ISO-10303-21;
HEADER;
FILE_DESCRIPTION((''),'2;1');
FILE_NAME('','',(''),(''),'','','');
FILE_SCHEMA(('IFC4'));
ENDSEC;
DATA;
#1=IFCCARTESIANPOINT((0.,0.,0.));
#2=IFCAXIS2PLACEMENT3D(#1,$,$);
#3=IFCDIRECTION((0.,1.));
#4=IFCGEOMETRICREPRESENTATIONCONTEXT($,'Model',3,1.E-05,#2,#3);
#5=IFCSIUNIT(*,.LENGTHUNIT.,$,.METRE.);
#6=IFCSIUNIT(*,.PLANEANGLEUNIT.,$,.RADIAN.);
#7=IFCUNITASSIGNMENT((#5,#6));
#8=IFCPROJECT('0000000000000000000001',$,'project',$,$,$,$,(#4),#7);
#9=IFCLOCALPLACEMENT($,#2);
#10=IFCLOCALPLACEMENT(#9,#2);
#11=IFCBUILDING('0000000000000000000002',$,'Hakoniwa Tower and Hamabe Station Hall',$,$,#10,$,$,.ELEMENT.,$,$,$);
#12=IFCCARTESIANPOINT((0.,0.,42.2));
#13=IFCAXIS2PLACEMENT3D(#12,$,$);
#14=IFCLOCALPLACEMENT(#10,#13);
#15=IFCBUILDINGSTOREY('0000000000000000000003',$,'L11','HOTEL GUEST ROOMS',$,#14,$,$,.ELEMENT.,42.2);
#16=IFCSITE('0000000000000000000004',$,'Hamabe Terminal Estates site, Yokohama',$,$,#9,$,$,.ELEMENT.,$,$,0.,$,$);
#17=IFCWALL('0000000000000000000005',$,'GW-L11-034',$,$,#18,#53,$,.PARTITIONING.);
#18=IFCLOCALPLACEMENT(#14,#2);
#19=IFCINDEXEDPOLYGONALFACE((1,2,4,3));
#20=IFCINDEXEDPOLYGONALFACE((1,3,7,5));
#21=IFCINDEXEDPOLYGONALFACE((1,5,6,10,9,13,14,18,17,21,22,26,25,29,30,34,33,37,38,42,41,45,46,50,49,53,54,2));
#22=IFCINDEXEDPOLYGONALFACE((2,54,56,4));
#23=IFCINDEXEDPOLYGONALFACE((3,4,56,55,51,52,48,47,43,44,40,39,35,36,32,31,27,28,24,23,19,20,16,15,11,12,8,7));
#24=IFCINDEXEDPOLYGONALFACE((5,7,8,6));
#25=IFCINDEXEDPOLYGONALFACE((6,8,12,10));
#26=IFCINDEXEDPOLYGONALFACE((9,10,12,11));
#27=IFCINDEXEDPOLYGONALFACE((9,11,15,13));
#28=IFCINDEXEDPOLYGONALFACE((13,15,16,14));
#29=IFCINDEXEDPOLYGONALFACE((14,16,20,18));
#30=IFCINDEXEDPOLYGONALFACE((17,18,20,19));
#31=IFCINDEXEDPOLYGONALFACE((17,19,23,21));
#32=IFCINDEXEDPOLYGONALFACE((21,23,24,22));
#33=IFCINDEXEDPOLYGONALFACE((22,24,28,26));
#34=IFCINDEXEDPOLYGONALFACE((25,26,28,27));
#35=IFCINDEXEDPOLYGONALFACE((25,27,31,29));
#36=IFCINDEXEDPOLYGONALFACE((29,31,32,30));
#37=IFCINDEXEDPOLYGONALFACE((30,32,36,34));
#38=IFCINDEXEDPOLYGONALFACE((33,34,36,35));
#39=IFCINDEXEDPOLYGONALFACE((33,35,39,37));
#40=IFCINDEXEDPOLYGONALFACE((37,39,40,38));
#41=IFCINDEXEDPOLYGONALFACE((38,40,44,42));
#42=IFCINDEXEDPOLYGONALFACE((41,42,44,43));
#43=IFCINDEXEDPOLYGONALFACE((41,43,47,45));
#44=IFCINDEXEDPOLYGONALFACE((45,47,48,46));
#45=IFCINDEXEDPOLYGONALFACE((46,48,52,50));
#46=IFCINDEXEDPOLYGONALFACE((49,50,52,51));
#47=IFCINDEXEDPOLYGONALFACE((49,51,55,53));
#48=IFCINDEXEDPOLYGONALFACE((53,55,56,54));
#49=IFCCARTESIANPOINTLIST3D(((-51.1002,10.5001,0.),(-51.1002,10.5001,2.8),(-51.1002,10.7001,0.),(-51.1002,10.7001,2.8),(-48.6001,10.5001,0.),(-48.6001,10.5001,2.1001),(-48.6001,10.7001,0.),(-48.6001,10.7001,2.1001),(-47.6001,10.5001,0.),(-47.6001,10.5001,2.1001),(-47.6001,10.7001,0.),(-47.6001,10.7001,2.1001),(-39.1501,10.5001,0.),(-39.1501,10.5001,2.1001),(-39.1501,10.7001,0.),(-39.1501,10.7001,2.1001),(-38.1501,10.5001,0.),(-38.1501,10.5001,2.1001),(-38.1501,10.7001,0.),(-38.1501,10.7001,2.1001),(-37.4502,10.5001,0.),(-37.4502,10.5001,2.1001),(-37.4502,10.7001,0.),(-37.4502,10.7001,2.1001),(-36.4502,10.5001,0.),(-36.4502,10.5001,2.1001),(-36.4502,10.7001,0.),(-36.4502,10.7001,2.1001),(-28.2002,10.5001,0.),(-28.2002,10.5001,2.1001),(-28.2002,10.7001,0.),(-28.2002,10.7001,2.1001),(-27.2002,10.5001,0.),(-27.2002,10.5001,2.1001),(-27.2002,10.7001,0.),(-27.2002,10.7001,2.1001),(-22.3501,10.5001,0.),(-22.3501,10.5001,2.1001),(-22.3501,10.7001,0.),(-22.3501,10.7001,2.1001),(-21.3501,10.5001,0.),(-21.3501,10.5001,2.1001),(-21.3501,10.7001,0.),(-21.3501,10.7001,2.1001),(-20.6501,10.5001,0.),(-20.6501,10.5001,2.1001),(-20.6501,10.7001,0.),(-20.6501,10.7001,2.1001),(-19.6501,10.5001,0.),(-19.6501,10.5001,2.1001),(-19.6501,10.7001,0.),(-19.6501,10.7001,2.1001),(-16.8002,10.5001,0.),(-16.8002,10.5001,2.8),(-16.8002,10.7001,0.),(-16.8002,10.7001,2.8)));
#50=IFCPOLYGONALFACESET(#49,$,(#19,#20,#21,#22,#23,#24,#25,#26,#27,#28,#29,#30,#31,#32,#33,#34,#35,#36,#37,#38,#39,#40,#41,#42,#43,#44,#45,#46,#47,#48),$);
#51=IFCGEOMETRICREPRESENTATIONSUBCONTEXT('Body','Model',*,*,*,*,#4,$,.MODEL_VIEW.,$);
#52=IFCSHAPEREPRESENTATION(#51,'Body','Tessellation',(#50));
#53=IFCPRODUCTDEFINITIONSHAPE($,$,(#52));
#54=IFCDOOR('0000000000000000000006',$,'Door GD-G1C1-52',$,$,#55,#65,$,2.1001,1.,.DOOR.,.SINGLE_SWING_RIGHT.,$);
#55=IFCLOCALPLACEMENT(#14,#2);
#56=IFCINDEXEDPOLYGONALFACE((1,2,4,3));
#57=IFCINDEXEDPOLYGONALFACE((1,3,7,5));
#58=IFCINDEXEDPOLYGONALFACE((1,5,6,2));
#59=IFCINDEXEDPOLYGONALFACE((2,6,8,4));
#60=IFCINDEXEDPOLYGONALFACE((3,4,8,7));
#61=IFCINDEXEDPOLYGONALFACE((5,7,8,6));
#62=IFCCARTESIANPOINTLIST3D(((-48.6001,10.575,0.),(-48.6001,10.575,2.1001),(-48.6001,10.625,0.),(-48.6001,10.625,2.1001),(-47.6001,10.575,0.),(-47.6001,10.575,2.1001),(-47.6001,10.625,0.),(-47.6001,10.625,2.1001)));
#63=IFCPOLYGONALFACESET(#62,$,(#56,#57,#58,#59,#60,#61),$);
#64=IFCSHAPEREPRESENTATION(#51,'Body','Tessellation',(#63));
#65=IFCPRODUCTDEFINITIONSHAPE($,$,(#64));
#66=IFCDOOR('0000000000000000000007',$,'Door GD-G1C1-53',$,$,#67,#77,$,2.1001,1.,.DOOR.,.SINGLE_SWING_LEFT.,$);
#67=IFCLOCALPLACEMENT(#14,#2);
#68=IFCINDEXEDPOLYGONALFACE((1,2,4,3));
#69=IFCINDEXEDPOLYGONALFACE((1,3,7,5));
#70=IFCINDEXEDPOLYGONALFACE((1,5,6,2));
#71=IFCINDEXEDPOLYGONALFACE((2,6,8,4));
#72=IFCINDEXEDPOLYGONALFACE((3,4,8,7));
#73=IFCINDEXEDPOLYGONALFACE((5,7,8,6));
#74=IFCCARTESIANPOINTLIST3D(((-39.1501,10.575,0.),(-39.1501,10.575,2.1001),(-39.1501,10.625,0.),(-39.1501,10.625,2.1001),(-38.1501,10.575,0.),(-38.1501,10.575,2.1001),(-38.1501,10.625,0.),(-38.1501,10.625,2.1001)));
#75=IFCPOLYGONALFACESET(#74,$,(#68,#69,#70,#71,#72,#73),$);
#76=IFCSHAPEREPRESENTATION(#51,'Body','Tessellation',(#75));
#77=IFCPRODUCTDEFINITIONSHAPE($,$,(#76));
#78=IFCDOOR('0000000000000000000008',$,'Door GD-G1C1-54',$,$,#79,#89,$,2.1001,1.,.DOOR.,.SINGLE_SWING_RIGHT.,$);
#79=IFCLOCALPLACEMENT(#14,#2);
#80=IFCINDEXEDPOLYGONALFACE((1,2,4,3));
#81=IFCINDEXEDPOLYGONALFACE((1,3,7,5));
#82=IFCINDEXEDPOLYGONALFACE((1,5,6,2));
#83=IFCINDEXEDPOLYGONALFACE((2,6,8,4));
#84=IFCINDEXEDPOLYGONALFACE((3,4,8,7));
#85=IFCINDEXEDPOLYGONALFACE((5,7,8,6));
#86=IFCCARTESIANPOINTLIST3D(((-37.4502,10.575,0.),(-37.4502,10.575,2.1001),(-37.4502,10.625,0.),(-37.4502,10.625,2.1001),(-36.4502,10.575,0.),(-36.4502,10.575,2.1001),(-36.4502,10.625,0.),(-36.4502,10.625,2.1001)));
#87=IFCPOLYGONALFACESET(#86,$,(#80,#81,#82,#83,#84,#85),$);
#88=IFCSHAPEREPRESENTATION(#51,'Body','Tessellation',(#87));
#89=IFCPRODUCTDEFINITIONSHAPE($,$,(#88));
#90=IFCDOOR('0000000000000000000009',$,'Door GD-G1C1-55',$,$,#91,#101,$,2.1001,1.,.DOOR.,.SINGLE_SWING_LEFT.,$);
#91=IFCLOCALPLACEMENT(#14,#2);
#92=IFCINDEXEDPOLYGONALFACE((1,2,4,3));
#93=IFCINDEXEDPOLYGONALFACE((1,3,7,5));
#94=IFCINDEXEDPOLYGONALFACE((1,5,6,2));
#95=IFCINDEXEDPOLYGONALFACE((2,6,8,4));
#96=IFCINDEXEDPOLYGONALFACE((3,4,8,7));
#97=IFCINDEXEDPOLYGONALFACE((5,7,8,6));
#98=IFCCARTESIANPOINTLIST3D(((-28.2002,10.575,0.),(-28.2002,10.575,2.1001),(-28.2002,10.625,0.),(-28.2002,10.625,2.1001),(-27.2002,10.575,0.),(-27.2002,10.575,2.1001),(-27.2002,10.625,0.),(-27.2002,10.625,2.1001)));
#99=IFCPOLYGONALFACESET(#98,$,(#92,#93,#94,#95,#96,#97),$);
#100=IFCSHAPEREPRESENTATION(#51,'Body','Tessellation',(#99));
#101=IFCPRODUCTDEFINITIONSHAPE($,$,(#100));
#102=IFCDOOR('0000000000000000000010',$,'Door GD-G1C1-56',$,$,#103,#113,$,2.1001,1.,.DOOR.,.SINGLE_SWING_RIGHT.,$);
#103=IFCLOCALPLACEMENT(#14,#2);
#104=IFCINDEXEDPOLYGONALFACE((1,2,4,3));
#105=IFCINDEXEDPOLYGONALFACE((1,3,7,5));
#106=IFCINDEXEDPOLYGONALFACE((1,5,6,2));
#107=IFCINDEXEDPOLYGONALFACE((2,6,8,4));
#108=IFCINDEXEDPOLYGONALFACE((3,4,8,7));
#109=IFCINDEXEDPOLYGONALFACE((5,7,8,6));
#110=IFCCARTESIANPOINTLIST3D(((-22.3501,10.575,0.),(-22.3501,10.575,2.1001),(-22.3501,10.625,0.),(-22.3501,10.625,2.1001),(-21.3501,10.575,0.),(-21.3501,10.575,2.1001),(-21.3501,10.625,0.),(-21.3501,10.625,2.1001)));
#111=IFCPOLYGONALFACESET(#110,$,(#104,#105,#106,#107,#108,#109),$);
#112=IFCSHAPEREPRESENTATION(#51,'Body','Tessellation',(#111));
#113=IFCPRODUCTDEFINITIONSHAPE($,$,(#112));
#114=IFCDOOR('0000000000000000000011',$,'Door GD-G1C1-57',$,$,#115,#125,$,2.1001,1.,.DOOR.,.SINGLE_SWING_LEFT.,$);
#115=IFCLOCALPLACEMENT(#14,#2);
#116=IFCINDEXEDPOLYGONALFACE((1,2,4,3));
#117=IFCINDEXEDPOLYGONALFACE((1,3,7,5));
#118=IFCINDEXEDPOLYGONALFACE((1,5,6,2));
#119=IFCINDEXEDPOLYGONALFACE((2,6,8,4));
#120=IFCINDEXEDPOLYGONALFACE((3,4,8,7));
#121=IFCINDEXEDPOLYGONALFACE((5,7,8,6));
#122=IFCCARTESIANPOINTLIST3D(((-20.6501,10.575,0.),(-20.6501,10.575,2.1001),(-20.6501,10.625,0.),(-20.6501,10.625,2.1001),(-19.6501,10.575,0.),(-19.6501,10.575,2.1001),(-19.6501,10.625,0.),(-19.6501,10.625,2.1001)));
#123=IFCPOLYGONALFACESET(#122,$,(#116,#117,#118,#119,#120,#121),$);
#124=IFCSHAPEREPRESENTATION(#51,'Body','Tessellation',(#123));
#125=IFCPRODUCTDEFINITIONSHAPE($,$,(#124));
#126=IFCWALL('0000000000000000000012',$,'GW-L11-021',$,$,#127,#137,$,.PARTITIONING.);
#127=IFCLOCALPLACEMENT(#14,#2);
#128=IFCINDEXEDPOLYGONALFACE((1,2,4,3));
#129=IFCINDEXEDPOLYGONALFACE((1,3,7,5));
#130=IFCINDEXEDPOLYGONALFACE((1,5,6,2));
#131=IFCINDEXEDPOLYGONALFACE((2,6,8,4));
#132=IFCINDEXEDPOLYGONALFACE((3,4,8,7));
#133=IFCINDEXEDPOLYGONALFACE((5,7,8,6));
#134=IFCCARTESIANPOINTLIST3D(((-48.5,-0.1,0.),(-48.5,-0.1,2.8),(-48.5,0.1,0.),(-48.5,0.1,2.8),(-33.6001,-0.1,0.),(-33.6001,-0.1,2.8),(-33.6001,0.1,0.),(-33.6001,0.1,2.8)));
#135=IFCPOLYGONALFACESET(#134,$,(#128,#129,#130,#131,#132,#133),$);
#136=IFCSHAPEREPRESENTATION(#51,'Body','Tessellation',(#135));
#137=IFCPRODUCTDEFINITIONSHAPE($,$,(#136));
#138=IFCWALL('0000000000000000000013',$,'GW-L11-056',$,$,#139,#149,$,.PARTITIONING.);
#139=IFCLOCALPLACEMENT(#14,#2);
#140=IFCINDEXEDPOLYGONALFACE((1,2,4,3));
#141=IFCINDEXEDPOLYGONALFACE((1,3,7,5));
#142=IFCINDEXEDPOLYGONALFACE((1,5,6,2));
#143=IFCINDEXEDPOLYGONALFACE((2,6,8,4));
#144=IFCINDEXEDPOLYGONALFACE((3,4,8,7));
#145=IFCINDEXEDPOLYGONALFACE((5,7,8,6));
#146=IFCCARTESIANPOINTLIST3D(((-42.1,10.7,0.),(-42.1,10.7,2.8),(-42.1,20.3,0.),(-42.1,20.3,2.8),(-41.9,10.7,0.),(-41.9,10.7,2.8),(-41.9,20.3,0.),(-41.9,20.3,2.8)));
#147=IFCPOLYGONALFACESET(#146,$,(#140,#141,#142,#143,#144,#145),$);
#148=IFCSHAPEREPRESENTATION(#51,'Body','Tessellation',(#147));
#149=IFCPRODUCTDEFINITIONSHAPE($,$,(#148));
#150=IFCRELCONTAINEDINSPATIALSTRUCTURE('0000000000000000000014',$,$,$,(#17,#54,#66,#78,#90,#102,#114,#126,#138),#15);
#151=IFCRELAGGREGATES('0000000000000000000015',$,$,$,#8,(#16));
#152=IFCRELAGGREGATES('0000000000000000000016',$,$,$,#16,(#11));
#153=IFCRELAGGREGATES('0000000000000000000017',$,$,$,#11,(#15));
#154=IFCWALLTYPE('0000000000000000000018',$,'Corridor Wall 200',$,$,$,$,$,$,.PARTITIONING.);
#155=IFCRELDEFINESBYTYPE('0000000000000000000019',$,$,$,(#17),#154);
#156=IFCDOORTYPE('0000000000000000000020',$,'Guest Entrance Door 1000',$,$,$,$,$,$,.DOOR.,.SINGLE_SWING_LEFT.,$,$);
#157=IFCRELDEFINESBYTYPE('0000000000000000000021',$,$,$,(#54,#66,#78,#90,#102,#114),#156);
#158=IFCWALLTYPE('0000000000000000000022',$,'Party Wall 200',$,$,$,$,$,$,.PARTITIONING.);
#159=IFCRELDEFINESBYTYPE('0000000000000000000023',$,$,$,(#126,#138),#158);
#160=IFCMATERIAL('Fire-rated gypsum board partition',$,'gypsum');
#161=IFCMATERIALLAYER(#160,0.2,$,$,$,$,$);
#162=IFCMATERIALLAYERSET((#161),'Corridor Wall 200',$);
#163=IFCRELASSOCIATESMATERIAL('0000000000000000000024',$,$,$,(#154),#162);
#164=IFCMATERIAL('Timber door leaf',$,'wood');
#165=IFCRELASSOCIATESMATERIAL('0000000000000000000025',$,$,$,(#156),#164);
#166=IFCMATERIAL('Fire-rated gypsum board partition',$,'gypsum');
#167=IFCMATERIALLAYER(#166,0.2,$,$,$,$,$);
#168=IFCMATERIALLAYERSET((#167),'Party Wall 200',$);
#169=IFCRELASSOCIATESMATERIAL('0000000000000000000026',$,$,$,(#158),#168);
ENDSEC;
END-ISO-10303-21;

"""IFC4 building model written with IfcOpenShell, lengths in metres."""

from ifc_helpers import new_model, si_unit, direction, frame, frame_2d, origin, place, context, subcontext, project, spatial, rectangle, extrude, material, layer, layer_set, type_object, element, fill, save


model = new_model("IFC4")

# Units and contexts
model_context = context("Model", 3, precision=1e-05, world=origin(), true_north=direction((0.0, 1.0)))
body_context = subcontext(model_context, "Body", "Model", "MODEL_VIEW")
ifc_project = project(units=[si_unit("LENGTHUNIT", "METRE"), si_unit("PLANEANGLEUNIT", "RADIAN")], contexts=[model_context])

# Site, building, storey
site_placement = place(None, origin())
site = spatial("IfcSite", under=ifc_project, at=site_placement, Name="Hamabe Terminal Estates site, Yokohama", CompositionType="ELEMENT", RefElevation=0.0)
building_placement = place(site_placement, origin())
building = spatial("IfcBuilding", under=site, at=building_placement, Name="Hakoniwa Tower and Hamabe Station Hall", CompositionType="ELEMENT")
storey_placement = place(building_placement, frame((0.0, 0.0, 42.2)))
storey = spatial("IfcBuildingStorey", under=building, at=storey_placement, Name="L11", Description="HOTEL GUEST ROOMS", CompositionType="ELEMENT", Elevation=42.2)

# Wall, openings, doors
ifc_material_1 = material(Name="Fire-rated gypsum board partition", Category="gypsum")
ifc_layer_1 = layer(ifc_material_1, 0.2)
ifc_layer_set_1 = layer_set([ifc_layer_1], Name="Corridor Wall 200")
wall_type_1 = type_object("IfcWallType", Name="Corridor Wall 200", PredefinedType="PARTITIONING", material=ifc_layer_set_1)
ifc_material_2 = material(Name="Timber door leaf", Category="wood")
door_type_1 = type_object("IfcDoorType", Name="Guest Entrance Door 1000", OperationType="SINGLE_SWING_LEFT", PredefinedType="DOOR", material=ifc_material_2)
wall_1_placement = place(storey_placement, frame((-51.1001, 10.6001, 0.0), z_axis=(0.0, 0.0, 1.0), x_axis=(1.0, 0.0, 0.0)))
wall_1 = element("IfcWall", 1, at=wall_1_placement, inside=storey, type_object=wall_type_1, Name="GW-L11-034", PredefinedType="PARTITIONING", context=body_context, shape_type="SweptSolid", body=[
    extrude(rectangle(XDim=34.3, YDim=0.2, at=frame_2d((17.1499, 0.0))), origin(), (0.0, 0.0, 1.0), 2.8),
])
opening_1_placement = place(wall_1_placement, frame((2.5, 0.0, 0.0)))
opening_1 = element("IfcOpeningElement", 2, at=opening_1_placement, cuts=wall_1, PredefinedType="OPENING", context=body_context, shape_type="SweptSolid", body=[
    extrude(rectangle(XDim=1.0, YDim=2.1001, at=frame_2d((0.5, 1.05))), frame((0.0, 0.1099, 0.0), z_axis=(0.0, -1.0, 0.0), x_axis=(1.0, 0.0, 0.0)), (0.0, 0.0, 1.0), 0.22),
])
opening_2_placement = place(wall_1_placement, frame((11.95, 0.0, 0.0)))
opening_2 = element("IfcOpeningElement", 3, at=opening_2_placement, cuts=wall_1, PredefinedType="OPENING", context=body_context, shape_type="SweptSolid", body=[
    extrude(rectangle(XDim=1.0, YDim=2.1001, at=frame_2d((0.5, 1.05))), frame((0.0, 0.1099, 0.0), z_axis=(0.0, -1.0, 0.0), x_axis=(1.0, 0.0, 0.0)), (0.0, 0.0, 1.0), 0.22),
])
opening_3_placement = place(wall_1_placement, frame((13.6499, 0.0, 0.0)))
opening_3 = element("IfcOpeningElement", 4, at=opening_3_placement, cuts=wall_1, PredefinedType="OPENING", context=body_context, shape_type="SweptSolid", body=[
    extrude(rectangle(XDim=1.0, YDim=2.1001, at=frame_2d((0.5, 1.05))), frame((0.0, 0.1099, 0.0), z_axis=(0.0, -1.0, 0.0), x_axis=(1.0, 0.0, 0.0)), (0.0, 0.0, 1.0), 0.22),
])
opening_4_placement = place(wall_1_placement, frame((22.8999, 0.0, 0.0)))
opening_4 = element("IfcOpeningElement", 5, at=opening_4_placement, cuts=wall_1, PredefinedType="OPENING", context=body_context, shape_type="SweptSolid", body=[
    extrude(rectangle(XDim=1.0, YDim=2.1001, at=frame_2d((0.5, 1.05))), frame((0.0, 0.1099, 0.0), z_axis=(0.0, -1.0, 0.0), x_axis=(1.0, 0.0, 0.0)), (0.0, 0.0, 1.0), 0.22),
])
opening_5_placement = place(wall_1_placement, frame((28.75, 0.0, 0.0)))
opening_5 = element("IfcOpeningElement", 6, at=opening_5_placement, cuts=wall_1, PredefinedType="OPENING", context=body_context, shape_type="SweptSolid", body=[
    extrude(rectangle(XDim=1.0, YDim=2.1001, at=frame_2d((0.5, 1.05))), frame((0.0, 0.1099, 0.0), z_axis=(0.0, -1.0, 0.0), x_axis=(1.0, 0.0, 0.0)), (0.0, 0.0, 1.0), 0.22),
])
opening_6_placement = place(wall_1_placement, frame((30.45, 0.0, 0.0)))
opening_6 = element("IfcOpeningElement", 7, at=opening_6_placement, cuts=wall_1, PredefinedType="OPENING", context=body_context, shape_type="SweptSolid", body=[
    extrude(rectangle(XDim=1.0, YDim=2.1001, at=frame_2d((0.5, 1.05))), frame((0.0, 0.1099, 0.0), z_axis=(0.0, -1.0, 0.0), x_axis=(1.0, 0.0, 0.0)), (0.0, 0.0, 1.0), 0.22),
])
door_1_placement = place(opening_1_placement, origin())
door_1 = element("IfcDoor", 8, at=door_1_placement, inside=storey, type_object=door_type_1, Name="Door GD-G1C1-52", OperationType="SINGLE_SWING_RIGHT", OverallHeight=2.1001, OverallWidth=1.0, PredefinedType="DOOR", context=body_context, shape_type="SweptSolid", body=[
    extrude(rectangle(XDim=1.0, YDim=2.1001, at=frame_2d((0.5, 1.05))), frame((0.0, 0.0249, 0.0), z_axis=(0.0, -1.0, 0.0), x_axis=(1.0, 0.0, 0.0)), (0.0, 0.0, 1.0), 0.05),
])
fill(opening_1, door_1)
door_2_placement = place(opening_2_placement, origin())
door_2 = element("IfcDoor", 9, at=door_2_placement, inside=storey, type_object=door_type_1, Name="Door GD-G1C1-53", OperationType="SINGLE_SWING_LEFT", OverallHeight=2.1001, OverallWidth=1.0, PredefinedType="DOOR", context=body_context, shape_type="SweptSolid", body=[
    extrude(rectangle(XDim=1.0, YDim=2.1001, at=frame_2d((0.5, 1.05))), frame((0.0, 0.0249, 0.0), z_axis=(0.0, -1.0, 0.0), x_axis=(1.0, 0.0, 0.0)), (0.0, 0.0, 1.0), 0.05),
])
fill(opening_2, door_2)
door_3_placement = place(opening_3_placement, origin())
door_3 = element("IfcDoor", 10, at=door_3_placement, inside=storey, type_object=door_type_1, Name="Door GD-G1C1-54", OperationType="SINGLE_SWING_RIGHT", OverallHeight=2.1001, OverallWidth=1.0, PredefinedType="DOOR", context=body_context, shape_type="SweptSolid", body=[
    extrude(rectangle(XDim=1.0, YDim=2.1001, at=frame_2d((0.5, 1.05))), frame((0.0, 0.0249, 0.0), z_axis=(0.0, -1.0, 0.0), x_axis=(1.0, 0.0, 0.0)), (0.0, 0.0, 1.0), 0.05),
])
fill(opening_3, door_3)
door_4_placement = place(opening_4_placement, origin())
door_4 = element("IfcDoor", 11, at=door_4_placement, inside=storey, type_object=door_type_1, Name="Door GD-G1C1-55", OperationType="SINGLE_SWING_LEFT", OverallHeight=2.1001, OverallWidth=1.0, PredefinedType="DOOR", context=body_context, shape_type="SweptSolid", body=[
    extrude(rectangle(XDim=1.0, YDim=2.1001, at=frame_2d((0.5, 1.05))), frame((0.0, 0.0249, 0.0), z_axis=(0.0, -1.0, 0.0), x_axis=(1.0, 0.0, 0.0)), (0.0, 0.0, 1.0), 0.05),
])
fill(opening_4, door_4)
door_5_placement = place(opening_5_placement, origin())
door_5 = element("IfcDoor", 12, at=door_5_placement, inside=storey, type_object=door_type_1, Name="Door GD-G1C1-56", OperationType="SINGLE_SWING_RIGHT", OverallHeight=2.1001, OverallWidth=1.0, PredefinedType="DOOR", context=body_context, shape_type="SweptSolid", body=[
    extrude(rectangle(XDim=1.0, YDim=2.1001, at=frame_2d((0.5, 1.05))), frame((0.0, 0.0249, 0.0), z_axis=(0.0, -1.0, 0.0), x_axis=(1.0, 0.0, 0.0)), (0.0, 0.0, 1.0), 0.05),
])
fill(opening_5, door_5)
door_6_placement = place(opening_6_placement, origin())
door_6 = element("IfcDoor", 13, at=door_6_placement, inside=storey, type_object=door_type_1, Name="Door GD-G1C1-57", OperationType="SINGLE_SWING_LEFT", OverallHeight=2.1001, OverallWidth=1.0, PredefinedType="DOOR", context=body_context, shape_type="SweptSolid", body=[
    extrude(rectangle(XDim=1.0, YDim=2.1001, at=frame_2d((0.5, 1.05))), frame((0.0, 0.0249, 0.0), z_axis=(0.0, -1.0, 0.0), x_axis=(1.0, 0.0, 0.0)), (0.0, 0.0, 1.0), 0.05),
])
fill(opening_6, door_6)

# Walls
ifc_material_3 = material(Name="Fire-rated gypsum board partition", Category="gypsum")
ifc_layer_2 = layer(ifc_material_3, 0.2)
ifc_layer_set_2 = layer_set([ifc_layer_2], Name="Party Wall 200")
wall_type_2 = type_object("IfcWallType", Name="Party Wall 200", PredefinedType="PARTITIONING", material=ifc_layer_set_2)
wall_2_placement = place(storey_placement, frame((-48.5, 0.0, 0.0), z_axis=(0.0, 0.0, 1.0), x_axis=(1.0, 0.0, 0.0)))
element("IfcWall", 14, at=wall_2_placement, inside=storey, type_object=wall_type_2, Name="GW-L11-021", PredefinedType="PARTITIONING", context=body_context, shape_type="SweptSolid", body=[
    extrude(rectangle(XDim=14.8999, YDim=0.2, at=frame_2d((7.45, 0.0))), origin(), (0.0, 0.0, 1.0), 2.8),
])
wall_3_placement = place(storey_placement, frame((-42.0, 10.7, 0.0), z_axis=(0.0, 0.0, 1.0), x_axis=(0.0, 1.0, 0.0)))
element("IfcWall", 15, at=wall_3_placement, inside=storey, type_object=wall_type_2, Name="GW-L11-056", PredefinedType="PARTITIONING", context=body_context, shape_type="SweptSolid", body=[
    extrude(rectangle(XDim=9.6001, YDim=0.2, at=frame_2d((4.8, 0.0))), origin(), (0.0, 0.0, 1.0), 2.8),
])

save(model, "model.ifc")
